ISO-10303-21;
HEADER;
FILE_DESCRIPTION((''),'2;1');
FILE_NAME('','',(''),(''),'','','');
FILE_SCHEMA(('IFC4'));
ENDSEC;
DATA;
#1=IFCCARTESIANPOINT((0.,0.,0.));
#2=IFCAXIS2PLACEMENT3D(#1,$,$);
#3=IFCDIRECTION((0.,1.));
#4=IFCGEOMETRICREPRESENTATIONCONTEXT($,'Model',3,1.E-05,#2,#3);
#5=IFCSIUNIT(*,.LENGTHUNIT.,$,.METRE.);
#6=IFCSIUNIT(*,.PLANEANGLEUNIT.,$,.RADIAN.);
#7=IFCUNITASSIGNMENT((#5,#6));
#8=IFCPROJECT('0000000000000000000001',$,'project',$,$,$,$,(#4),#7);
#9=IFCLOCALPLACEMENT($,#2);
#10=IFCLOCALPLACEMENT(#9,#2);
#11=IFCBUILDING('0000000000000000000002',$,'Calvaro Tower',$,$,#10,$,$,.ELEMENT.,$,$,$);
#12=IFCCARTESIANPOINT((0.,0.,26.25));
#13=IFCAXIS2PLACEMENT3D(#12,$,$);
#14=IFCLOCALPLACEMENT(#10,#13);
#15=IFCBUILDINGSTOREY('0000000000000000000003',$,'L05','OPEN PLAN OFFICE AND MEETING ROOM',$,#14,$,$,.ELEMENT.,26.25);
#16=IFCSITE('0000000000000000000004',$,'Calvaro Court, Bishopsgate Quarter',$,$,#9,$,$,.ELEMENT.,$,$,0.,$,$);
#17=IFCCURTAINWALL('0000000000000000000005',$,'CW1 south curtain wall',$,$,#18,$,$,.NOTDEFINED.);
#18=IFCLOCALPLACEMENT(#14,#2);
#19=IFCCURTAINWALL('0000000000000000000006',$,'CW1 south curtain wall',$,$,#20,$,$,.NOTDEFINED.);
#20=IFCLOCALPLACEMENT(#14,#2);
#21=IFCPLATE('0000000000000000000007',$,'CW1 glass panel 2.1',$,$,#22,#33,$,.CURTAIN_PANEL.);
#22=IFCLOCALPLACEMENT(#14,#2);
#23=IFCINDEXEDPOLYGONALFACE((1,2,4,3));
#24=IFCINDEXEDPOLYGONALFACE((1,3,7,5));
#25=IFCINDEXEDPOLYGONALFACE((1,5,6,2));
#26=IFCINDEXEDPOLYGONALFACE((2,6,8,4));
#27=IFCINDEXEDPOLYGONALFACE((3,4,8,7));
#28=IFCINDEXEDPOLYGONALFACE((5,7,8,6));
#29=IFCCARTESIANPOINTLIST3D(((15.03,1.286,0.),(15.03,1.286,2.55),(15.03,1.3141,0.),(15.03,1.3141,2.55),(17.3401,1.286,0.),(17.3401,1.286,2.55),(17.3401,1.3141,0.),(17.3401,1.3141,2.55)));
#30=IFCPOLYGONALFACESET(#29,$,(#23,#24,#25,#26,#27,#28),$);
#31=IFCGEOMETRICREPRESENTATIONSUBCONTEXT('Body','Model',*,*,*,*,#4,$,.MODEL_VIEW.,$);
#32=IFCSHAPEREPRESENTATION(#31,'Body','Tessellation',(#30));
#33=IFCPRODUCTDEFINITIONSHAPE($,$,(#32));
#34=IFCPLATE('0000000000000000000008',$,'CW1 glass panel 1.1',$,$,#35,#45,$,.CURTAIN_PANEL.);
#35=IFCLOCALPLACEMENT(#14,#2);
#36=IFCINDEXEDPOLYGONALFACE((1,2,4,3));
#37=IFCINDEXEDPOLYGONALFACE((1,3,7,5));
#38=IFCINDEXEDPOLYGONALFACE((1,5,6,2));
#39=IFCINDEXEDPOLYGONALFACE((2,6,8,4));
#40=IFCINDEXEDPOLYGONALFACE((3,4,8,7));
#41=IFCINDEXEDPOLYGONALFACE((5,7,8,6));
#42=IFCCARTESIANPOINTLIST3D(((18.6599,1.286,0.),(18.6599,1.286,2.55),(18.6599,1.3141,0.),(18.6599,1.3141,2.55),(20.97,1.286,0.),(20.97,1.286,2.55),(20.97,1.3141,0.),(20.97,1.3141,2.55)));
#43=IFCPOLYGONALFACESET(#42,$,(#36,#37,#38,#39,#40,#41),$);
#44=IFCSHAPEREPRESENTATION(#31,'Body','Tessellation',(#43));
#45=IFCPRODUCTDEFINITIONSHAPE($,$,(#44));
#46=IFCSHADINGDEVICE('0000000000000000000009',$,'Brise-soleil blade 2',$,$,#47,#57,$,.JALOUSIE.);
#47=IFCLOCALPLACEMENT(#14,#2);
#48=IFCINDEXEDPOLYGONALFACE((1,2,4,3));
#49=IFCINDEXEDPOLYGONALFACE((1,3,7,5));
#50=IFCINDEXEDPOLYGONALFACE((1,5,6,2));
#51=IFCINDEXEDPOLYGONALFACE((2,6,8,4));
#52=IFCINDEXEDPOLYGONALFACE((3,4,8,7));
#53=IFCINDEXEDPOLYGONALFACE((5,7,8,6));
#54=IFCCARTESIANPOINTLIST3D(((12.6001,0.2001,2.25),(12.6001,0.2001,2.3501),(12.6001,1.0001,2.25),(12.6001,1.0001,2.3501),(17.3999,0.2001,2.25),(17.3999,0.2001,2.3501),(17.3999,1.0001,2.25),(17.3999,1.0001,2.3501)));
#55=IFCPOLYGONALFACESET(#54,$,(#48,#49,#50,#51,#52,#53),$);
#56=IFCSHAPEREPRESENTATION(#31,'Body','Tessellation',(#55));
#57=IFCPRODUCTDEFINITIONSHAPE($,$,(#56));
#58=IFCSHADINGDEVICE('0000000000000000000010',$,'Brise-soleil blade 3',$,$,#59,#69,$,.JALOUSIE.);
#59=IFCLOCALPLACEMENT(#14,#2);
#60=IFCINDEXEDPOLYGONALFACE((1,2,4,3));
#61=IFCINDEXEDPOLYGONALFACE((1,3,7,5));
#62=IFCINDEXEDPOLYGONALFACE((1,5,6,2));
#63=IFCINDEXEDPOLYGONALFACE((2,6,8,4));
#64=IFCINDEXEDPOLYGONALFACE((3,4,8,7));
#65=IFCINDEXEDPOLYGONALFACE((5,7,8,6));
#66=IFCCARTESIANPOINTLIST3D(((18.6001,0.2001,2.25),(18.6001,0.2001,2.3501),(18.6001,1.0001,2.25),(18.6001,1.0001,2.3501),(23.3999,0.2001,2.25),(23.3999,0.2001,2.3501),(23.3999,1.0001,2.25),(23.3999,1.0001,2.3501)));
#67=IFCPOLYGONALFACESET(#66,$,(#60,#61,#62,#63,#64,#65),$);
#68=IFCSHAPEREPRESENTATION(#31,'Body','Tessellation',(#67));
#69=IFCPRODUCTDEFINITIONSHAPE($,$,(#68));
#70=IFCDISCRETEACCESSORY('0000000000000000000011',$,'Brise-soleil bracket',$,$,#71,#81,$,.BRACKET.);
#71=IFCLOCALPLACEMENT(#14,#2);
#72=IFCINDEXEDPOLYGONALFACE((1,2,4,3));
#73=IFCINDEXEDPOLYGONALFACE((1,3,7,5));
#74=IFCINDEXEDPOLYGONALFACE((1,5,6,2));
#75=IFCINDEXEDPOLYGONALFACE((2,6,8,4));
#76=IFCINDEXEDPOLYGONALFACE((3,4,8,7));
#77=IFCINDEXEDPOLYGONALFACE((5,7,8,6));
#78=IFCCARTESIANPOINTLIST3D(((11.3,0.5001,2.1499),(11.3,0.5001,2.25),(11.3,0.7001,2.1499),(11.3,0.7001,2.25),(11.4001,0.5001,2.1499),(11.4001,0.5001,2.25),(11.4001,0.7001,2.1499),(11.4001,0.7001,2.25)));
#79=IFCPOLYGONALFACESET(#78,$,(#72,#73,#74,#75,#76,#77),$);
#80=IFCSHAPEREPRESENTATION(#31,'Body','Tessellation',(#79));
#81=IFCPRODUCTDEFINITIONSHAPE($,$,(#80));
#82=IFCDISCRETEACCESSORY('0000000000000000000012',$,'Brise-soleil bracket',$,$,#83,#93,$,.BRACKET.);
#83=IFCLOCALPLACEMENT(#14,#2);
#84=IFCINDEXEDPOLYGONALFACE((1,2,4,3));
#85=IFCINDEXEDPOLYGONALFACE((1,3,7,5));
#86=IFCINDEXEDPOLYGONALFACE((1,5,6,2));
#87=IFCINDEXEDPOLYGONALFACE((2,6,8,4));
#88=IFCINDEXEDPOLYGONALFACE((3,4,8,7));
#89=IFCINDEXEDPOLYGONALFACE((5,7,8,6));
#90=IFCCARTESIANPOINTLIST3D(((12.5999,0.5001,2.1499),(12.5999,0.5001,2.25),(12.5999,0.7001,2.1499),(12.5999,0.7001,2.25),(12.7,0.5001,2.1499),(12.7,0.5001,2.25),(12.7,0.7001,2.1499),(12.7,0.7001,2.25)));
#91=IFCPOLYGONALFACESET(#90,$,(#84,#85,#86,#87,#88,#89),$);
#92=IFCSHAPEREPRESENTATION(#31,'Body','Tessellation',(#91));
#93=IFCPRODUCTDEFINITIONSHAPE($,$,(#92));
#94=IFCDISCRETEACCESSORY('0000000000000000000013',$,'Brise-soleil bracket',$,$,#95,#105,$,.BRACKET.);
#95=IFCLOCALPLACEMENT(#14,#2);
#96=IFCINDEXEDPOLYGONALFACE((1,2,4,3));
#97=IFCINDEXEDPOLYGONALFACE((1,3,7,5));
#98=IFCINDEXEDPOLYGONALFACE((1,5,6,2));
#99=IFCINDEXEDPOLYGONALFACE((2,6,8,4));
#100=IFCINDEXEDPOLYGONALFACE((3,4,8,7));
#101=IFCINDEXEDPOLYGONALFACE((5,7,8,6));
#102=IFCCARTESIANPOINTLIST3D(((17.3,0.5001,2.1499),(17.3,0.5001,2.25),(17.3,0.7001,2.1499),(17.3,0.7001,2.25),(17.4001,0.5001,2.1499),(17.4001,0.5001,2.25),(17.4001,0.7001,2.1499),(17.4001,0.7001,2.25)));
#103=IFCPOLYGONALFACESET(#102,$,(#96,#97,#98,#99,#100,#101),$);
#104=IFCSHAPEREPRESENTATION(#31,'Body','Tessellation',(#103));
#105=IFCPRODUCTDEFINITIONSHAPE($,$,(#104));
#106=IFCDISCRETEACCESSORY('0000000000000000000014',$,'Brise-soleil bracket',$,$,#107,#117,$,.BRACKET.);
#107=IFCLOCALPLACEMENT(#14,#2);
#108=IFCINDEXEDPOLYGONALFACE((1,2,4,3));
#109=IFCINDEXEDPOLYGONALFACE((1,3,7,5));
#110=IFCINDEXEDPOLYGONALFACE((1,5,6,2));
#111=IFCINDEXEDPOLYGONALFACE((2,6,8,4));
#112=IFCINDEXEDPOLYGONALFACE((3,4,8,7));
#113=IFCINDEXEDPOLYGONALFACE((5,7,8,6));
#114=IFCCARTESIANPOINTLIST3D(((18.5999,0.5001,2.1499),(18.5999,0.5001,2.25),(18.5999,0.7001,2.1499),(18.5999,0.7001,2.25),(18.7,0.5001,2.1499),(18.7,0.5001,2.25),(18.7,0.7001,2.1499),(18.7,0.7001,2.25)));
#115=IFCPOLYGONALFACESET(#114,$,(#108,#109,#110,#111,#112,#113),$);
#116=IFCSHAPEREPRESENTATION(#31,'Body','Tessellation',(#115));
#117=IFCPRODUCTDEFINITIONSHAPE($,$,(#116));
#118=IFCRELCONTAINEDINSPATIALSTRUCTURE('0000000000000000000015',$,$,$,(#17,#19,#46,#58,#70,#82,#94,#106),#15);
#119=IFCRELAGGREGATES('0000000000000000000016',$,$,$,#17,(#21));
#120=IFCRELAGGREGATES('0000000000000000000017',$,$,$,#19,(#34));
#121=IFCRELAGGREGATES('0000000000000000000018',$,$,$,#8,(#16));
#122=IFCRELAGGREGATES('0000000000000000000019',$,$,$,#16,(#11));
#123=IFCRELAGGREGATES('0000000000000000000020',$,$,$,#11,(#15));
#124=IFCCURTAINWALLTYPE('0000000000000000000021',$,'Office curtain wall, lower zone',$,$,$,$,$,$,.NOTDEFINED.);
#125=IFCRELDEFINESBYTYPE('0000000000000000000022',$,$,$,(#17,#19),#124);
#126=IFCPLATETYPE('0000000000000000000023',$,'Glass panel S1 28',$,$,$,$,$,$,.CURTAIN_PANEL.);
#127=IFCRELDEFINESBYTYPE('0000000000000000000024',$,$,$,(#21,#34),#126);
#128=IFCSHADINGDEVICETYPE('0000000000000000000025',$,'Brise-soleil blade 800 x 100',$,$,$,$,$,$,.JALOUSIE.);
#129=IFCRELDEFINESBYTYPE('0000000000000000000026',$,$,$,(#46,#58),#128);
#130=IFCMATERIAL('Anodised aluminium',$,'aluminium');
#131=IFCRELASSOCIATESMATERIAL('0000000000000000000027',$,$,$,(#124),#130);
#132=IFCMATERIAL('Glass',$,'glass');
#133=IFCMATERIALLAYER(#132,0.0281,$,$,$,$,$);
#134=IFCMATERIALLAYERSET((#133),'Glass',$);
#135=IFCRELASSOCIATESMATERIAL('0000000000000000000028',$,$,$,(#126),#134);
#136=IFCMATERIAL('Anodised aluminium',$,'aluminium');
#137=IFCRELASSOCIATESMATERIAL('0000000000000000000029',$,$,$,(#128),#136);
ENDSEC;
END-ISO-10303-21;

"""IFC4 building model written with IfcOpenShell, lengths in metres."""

from ifc_helpers import new_model, si_unit, direction, frame, origin, origin_2d, place, context, subcontext, project, spatial, rectangle, extrude, material, layer, layer_set, material_profile, profile_set, type_object, element, aggregate, save


model = new_model("IFC4")

# Units and contexts
model_context = context("Model", 3, precision=1e-05, world=origin(), true_north=direction((0.0, 1.0)))
body_context = subcontext(model_context, "Body", "Model", "MODEL_VIEW")
ifc_project = project(units=[si_unit("LENGTHUNIT", "METRE"), si_unit("PLANEANGLEUNIT", "RADIAN")], contexts=[model_context])

# Site, building, storey
site_placement = place(None, origin())
site = spatial("IfcSite", under=ifc_project, at=site_placement, Name="Calvaro Court, Bishopsgate Quarter", CompositionType="ELEMENT", RefElevation=0.0)
building_placement = place(site_placement, origin())
building = spatial("IfcBuilding", under=site, at=building_placement, Name="Calvaro Tower", CompositionType="ELEMENT")
storey_placement = place(building_placement, frame((0.0, 0.0, 26.25)))
storey = spatial("IfcBuildingStorey", under=building, at=storey_placement, Name="L05", Description="OPEN PLAN OFFICE AND MEETING ROOM", CompositionType="ELEMENT", Elevation=26.25)

# Shared definitions
ifc_material_1 = material(Name="Anodised aluminium", Category="aluminium")
curtain_wall_type = type_object("IfcCurtainWallType", Name="Office curtain wall, lower zone", PredefinedType="NOTDEFINED", material=ifc_material_1)

# Curtain wall
curtain_wall_1_placement = place(storey_placement, origin())
curtain_wall_1 = element("IfcCurtainWall", 1, at=curtain_wall_1_placement, inside=storey, type_object=curtain_wall_type, Name="CW1 south curtain wall", PredefinedType="NOTDEFINED")

# Curtain wall
curtain_wall_2_placement = place(storey_placement, origin())
curtain_wall_2 = element("IfcCurtainWall", 2, at=curtain_wall_2_placement, inside=storey, type_object=curtain_wall_type, Name="CW1 south curtain wall", PredefinedType="NOTDEFINED")

# Plates
ifc_material_2 = material(Name="Glass", Category="glass")
ifc_layer = layer(ifc_material_2, 0.0281)
ifc_layer_set = layer_set([ifc_layer], Name="Glass")
plate_type = type_object("IfcPlateType", Name="Glass panel S1 28", PredefinedType="CURTAIN_PANEL", material=ifc_layer_set)
plate_1_placement = place(storey_placement, frame((16.1851, 1.3, 0.0), z_axis=(0.0, 0.0, 1.0), x_axis=(1.0, 0.0, 0.0)))
plate_1 = element("IfcPlate", 3, at=plate_1_placement, type_object=plate_type, Name="CW1 glass panel 2.1", PredefinedType="CURTAIN_PANEL", context=body_context, shape_type="SweptSolid", body=[
    extrude(rectangle(XDim=2.3101, YDim=0.0281, at=origin_2d()), origin(), (0.0, 0.0, 1.0), 2.55),
])
aggregate(curtain_wall_1, [plate_1])
plate_2_placement = place(storey_placement, frame((19.8149, 1.3, 0.0), z_axis=(0.0, 0.0, 1.0), x_axis=(1.0, 0.0, 0.0)))
plate_2 = element("IfcPlate", 4, at=plate_2_placement, type_object=plate_type, Name="CW1 glass panel 1.1", PredefinedType="CURTAIN_PANEL", context=body_context, shape_type="SweptSolid", body=[
    extrude(rectangle(XDim=2.3101, YDim=0.0281, at=origin_2d()), origin(), (0.0, 0.0, 1.0), 2.55),
])
aggregate(curtain_wall_2, [plate_2])

# Shading devices
ifc_material_3 = material(Name="Anodised aluminium", Category="aluminium")
ifc_material_profile_1 = material_profile(ifc_material_3, rectangle(XDim=0.8, YDim=0.1001, at=origin_2d()), Name="Brise-soleil blade 800 x 100")
ifc_profile_set_1 = profile_set([ifc_material_profile_1], Name="Anodised aluminium")
shading_device_type = type_object("IfcShadingDeviceType", Name="Brise-soleil blade 800 x 100", PredefinedType="JALOUSIE", material=ifc_profile_set_1)
for number, where, z_axis, x_axis, name in (
    (5, (12.6001, 0.6001, 2.3), (1.0, 0.0, 0.0), (0.0, 1.0, 0.0), "Brise-soleil blade 2"),
    (6, (18.6001, 0.6001, 2.3), (1.0, 0.0, 0.0), (0.0, 1.0, 0.0), "Brise-soleil blade 3"),
):
    element("IfcShadingDevice", number, at=place(storey_placement, frame(where, z_axis=z_axis, x_axis=x_axis)), inside=storey, type_object=shading_device_type, Name=name, PredefinedType="JALOUSIE", context=body_context, shape_type="SweptSolid", body=[
        extrude(rectangle(XDim=0.8, YDim=0.1001, at=origin_2d()), origin(), (0.0, 0.0, 1.0), 4.7998),
    ])

# Discrete accessories
for number, where, z_axis, x_axis, name in (
    (7, (11.3501, 0.6001, 2.1499), (0.0, 0.0, 1.0), (1.0, 0.0, 0.0), "Brise-soleil bracket"),
    (8, (12.6499, 0.6001, 2.1499), (0.0, 0.0, 1.0), (1.0, 0.0, 0.0), "Brise-soleil bracket"),
    (9, (17.3501, 0.6001, 2.1499), (0.0, 0.0, 1.0), (1.0, 0.0, 0.0), "Brise-soleil bracket"),
    (10, (18.6499, 0.6001, 2.1499), (0.0, 0.0, 1.0), (1.0, 0.0, 0.0), "Brise-soleil bracket"),
):
    element("IfcDiscreteAccessory", number, at=place(storey_placement, frame(where, z_axis=z_axis, x_axis=x_axis)), inside=storey, Name=name, PredefinedType="BRACKET", context=body_context, shape_type="SweptSolid", body=[
        extrude(rectangle(XDim=0.1001, YDim=0.2, at=origin_2d()), origin(), (0.0, 0.0, 1.0), 0.1001),
    ])

save(model, "model.ifc")
